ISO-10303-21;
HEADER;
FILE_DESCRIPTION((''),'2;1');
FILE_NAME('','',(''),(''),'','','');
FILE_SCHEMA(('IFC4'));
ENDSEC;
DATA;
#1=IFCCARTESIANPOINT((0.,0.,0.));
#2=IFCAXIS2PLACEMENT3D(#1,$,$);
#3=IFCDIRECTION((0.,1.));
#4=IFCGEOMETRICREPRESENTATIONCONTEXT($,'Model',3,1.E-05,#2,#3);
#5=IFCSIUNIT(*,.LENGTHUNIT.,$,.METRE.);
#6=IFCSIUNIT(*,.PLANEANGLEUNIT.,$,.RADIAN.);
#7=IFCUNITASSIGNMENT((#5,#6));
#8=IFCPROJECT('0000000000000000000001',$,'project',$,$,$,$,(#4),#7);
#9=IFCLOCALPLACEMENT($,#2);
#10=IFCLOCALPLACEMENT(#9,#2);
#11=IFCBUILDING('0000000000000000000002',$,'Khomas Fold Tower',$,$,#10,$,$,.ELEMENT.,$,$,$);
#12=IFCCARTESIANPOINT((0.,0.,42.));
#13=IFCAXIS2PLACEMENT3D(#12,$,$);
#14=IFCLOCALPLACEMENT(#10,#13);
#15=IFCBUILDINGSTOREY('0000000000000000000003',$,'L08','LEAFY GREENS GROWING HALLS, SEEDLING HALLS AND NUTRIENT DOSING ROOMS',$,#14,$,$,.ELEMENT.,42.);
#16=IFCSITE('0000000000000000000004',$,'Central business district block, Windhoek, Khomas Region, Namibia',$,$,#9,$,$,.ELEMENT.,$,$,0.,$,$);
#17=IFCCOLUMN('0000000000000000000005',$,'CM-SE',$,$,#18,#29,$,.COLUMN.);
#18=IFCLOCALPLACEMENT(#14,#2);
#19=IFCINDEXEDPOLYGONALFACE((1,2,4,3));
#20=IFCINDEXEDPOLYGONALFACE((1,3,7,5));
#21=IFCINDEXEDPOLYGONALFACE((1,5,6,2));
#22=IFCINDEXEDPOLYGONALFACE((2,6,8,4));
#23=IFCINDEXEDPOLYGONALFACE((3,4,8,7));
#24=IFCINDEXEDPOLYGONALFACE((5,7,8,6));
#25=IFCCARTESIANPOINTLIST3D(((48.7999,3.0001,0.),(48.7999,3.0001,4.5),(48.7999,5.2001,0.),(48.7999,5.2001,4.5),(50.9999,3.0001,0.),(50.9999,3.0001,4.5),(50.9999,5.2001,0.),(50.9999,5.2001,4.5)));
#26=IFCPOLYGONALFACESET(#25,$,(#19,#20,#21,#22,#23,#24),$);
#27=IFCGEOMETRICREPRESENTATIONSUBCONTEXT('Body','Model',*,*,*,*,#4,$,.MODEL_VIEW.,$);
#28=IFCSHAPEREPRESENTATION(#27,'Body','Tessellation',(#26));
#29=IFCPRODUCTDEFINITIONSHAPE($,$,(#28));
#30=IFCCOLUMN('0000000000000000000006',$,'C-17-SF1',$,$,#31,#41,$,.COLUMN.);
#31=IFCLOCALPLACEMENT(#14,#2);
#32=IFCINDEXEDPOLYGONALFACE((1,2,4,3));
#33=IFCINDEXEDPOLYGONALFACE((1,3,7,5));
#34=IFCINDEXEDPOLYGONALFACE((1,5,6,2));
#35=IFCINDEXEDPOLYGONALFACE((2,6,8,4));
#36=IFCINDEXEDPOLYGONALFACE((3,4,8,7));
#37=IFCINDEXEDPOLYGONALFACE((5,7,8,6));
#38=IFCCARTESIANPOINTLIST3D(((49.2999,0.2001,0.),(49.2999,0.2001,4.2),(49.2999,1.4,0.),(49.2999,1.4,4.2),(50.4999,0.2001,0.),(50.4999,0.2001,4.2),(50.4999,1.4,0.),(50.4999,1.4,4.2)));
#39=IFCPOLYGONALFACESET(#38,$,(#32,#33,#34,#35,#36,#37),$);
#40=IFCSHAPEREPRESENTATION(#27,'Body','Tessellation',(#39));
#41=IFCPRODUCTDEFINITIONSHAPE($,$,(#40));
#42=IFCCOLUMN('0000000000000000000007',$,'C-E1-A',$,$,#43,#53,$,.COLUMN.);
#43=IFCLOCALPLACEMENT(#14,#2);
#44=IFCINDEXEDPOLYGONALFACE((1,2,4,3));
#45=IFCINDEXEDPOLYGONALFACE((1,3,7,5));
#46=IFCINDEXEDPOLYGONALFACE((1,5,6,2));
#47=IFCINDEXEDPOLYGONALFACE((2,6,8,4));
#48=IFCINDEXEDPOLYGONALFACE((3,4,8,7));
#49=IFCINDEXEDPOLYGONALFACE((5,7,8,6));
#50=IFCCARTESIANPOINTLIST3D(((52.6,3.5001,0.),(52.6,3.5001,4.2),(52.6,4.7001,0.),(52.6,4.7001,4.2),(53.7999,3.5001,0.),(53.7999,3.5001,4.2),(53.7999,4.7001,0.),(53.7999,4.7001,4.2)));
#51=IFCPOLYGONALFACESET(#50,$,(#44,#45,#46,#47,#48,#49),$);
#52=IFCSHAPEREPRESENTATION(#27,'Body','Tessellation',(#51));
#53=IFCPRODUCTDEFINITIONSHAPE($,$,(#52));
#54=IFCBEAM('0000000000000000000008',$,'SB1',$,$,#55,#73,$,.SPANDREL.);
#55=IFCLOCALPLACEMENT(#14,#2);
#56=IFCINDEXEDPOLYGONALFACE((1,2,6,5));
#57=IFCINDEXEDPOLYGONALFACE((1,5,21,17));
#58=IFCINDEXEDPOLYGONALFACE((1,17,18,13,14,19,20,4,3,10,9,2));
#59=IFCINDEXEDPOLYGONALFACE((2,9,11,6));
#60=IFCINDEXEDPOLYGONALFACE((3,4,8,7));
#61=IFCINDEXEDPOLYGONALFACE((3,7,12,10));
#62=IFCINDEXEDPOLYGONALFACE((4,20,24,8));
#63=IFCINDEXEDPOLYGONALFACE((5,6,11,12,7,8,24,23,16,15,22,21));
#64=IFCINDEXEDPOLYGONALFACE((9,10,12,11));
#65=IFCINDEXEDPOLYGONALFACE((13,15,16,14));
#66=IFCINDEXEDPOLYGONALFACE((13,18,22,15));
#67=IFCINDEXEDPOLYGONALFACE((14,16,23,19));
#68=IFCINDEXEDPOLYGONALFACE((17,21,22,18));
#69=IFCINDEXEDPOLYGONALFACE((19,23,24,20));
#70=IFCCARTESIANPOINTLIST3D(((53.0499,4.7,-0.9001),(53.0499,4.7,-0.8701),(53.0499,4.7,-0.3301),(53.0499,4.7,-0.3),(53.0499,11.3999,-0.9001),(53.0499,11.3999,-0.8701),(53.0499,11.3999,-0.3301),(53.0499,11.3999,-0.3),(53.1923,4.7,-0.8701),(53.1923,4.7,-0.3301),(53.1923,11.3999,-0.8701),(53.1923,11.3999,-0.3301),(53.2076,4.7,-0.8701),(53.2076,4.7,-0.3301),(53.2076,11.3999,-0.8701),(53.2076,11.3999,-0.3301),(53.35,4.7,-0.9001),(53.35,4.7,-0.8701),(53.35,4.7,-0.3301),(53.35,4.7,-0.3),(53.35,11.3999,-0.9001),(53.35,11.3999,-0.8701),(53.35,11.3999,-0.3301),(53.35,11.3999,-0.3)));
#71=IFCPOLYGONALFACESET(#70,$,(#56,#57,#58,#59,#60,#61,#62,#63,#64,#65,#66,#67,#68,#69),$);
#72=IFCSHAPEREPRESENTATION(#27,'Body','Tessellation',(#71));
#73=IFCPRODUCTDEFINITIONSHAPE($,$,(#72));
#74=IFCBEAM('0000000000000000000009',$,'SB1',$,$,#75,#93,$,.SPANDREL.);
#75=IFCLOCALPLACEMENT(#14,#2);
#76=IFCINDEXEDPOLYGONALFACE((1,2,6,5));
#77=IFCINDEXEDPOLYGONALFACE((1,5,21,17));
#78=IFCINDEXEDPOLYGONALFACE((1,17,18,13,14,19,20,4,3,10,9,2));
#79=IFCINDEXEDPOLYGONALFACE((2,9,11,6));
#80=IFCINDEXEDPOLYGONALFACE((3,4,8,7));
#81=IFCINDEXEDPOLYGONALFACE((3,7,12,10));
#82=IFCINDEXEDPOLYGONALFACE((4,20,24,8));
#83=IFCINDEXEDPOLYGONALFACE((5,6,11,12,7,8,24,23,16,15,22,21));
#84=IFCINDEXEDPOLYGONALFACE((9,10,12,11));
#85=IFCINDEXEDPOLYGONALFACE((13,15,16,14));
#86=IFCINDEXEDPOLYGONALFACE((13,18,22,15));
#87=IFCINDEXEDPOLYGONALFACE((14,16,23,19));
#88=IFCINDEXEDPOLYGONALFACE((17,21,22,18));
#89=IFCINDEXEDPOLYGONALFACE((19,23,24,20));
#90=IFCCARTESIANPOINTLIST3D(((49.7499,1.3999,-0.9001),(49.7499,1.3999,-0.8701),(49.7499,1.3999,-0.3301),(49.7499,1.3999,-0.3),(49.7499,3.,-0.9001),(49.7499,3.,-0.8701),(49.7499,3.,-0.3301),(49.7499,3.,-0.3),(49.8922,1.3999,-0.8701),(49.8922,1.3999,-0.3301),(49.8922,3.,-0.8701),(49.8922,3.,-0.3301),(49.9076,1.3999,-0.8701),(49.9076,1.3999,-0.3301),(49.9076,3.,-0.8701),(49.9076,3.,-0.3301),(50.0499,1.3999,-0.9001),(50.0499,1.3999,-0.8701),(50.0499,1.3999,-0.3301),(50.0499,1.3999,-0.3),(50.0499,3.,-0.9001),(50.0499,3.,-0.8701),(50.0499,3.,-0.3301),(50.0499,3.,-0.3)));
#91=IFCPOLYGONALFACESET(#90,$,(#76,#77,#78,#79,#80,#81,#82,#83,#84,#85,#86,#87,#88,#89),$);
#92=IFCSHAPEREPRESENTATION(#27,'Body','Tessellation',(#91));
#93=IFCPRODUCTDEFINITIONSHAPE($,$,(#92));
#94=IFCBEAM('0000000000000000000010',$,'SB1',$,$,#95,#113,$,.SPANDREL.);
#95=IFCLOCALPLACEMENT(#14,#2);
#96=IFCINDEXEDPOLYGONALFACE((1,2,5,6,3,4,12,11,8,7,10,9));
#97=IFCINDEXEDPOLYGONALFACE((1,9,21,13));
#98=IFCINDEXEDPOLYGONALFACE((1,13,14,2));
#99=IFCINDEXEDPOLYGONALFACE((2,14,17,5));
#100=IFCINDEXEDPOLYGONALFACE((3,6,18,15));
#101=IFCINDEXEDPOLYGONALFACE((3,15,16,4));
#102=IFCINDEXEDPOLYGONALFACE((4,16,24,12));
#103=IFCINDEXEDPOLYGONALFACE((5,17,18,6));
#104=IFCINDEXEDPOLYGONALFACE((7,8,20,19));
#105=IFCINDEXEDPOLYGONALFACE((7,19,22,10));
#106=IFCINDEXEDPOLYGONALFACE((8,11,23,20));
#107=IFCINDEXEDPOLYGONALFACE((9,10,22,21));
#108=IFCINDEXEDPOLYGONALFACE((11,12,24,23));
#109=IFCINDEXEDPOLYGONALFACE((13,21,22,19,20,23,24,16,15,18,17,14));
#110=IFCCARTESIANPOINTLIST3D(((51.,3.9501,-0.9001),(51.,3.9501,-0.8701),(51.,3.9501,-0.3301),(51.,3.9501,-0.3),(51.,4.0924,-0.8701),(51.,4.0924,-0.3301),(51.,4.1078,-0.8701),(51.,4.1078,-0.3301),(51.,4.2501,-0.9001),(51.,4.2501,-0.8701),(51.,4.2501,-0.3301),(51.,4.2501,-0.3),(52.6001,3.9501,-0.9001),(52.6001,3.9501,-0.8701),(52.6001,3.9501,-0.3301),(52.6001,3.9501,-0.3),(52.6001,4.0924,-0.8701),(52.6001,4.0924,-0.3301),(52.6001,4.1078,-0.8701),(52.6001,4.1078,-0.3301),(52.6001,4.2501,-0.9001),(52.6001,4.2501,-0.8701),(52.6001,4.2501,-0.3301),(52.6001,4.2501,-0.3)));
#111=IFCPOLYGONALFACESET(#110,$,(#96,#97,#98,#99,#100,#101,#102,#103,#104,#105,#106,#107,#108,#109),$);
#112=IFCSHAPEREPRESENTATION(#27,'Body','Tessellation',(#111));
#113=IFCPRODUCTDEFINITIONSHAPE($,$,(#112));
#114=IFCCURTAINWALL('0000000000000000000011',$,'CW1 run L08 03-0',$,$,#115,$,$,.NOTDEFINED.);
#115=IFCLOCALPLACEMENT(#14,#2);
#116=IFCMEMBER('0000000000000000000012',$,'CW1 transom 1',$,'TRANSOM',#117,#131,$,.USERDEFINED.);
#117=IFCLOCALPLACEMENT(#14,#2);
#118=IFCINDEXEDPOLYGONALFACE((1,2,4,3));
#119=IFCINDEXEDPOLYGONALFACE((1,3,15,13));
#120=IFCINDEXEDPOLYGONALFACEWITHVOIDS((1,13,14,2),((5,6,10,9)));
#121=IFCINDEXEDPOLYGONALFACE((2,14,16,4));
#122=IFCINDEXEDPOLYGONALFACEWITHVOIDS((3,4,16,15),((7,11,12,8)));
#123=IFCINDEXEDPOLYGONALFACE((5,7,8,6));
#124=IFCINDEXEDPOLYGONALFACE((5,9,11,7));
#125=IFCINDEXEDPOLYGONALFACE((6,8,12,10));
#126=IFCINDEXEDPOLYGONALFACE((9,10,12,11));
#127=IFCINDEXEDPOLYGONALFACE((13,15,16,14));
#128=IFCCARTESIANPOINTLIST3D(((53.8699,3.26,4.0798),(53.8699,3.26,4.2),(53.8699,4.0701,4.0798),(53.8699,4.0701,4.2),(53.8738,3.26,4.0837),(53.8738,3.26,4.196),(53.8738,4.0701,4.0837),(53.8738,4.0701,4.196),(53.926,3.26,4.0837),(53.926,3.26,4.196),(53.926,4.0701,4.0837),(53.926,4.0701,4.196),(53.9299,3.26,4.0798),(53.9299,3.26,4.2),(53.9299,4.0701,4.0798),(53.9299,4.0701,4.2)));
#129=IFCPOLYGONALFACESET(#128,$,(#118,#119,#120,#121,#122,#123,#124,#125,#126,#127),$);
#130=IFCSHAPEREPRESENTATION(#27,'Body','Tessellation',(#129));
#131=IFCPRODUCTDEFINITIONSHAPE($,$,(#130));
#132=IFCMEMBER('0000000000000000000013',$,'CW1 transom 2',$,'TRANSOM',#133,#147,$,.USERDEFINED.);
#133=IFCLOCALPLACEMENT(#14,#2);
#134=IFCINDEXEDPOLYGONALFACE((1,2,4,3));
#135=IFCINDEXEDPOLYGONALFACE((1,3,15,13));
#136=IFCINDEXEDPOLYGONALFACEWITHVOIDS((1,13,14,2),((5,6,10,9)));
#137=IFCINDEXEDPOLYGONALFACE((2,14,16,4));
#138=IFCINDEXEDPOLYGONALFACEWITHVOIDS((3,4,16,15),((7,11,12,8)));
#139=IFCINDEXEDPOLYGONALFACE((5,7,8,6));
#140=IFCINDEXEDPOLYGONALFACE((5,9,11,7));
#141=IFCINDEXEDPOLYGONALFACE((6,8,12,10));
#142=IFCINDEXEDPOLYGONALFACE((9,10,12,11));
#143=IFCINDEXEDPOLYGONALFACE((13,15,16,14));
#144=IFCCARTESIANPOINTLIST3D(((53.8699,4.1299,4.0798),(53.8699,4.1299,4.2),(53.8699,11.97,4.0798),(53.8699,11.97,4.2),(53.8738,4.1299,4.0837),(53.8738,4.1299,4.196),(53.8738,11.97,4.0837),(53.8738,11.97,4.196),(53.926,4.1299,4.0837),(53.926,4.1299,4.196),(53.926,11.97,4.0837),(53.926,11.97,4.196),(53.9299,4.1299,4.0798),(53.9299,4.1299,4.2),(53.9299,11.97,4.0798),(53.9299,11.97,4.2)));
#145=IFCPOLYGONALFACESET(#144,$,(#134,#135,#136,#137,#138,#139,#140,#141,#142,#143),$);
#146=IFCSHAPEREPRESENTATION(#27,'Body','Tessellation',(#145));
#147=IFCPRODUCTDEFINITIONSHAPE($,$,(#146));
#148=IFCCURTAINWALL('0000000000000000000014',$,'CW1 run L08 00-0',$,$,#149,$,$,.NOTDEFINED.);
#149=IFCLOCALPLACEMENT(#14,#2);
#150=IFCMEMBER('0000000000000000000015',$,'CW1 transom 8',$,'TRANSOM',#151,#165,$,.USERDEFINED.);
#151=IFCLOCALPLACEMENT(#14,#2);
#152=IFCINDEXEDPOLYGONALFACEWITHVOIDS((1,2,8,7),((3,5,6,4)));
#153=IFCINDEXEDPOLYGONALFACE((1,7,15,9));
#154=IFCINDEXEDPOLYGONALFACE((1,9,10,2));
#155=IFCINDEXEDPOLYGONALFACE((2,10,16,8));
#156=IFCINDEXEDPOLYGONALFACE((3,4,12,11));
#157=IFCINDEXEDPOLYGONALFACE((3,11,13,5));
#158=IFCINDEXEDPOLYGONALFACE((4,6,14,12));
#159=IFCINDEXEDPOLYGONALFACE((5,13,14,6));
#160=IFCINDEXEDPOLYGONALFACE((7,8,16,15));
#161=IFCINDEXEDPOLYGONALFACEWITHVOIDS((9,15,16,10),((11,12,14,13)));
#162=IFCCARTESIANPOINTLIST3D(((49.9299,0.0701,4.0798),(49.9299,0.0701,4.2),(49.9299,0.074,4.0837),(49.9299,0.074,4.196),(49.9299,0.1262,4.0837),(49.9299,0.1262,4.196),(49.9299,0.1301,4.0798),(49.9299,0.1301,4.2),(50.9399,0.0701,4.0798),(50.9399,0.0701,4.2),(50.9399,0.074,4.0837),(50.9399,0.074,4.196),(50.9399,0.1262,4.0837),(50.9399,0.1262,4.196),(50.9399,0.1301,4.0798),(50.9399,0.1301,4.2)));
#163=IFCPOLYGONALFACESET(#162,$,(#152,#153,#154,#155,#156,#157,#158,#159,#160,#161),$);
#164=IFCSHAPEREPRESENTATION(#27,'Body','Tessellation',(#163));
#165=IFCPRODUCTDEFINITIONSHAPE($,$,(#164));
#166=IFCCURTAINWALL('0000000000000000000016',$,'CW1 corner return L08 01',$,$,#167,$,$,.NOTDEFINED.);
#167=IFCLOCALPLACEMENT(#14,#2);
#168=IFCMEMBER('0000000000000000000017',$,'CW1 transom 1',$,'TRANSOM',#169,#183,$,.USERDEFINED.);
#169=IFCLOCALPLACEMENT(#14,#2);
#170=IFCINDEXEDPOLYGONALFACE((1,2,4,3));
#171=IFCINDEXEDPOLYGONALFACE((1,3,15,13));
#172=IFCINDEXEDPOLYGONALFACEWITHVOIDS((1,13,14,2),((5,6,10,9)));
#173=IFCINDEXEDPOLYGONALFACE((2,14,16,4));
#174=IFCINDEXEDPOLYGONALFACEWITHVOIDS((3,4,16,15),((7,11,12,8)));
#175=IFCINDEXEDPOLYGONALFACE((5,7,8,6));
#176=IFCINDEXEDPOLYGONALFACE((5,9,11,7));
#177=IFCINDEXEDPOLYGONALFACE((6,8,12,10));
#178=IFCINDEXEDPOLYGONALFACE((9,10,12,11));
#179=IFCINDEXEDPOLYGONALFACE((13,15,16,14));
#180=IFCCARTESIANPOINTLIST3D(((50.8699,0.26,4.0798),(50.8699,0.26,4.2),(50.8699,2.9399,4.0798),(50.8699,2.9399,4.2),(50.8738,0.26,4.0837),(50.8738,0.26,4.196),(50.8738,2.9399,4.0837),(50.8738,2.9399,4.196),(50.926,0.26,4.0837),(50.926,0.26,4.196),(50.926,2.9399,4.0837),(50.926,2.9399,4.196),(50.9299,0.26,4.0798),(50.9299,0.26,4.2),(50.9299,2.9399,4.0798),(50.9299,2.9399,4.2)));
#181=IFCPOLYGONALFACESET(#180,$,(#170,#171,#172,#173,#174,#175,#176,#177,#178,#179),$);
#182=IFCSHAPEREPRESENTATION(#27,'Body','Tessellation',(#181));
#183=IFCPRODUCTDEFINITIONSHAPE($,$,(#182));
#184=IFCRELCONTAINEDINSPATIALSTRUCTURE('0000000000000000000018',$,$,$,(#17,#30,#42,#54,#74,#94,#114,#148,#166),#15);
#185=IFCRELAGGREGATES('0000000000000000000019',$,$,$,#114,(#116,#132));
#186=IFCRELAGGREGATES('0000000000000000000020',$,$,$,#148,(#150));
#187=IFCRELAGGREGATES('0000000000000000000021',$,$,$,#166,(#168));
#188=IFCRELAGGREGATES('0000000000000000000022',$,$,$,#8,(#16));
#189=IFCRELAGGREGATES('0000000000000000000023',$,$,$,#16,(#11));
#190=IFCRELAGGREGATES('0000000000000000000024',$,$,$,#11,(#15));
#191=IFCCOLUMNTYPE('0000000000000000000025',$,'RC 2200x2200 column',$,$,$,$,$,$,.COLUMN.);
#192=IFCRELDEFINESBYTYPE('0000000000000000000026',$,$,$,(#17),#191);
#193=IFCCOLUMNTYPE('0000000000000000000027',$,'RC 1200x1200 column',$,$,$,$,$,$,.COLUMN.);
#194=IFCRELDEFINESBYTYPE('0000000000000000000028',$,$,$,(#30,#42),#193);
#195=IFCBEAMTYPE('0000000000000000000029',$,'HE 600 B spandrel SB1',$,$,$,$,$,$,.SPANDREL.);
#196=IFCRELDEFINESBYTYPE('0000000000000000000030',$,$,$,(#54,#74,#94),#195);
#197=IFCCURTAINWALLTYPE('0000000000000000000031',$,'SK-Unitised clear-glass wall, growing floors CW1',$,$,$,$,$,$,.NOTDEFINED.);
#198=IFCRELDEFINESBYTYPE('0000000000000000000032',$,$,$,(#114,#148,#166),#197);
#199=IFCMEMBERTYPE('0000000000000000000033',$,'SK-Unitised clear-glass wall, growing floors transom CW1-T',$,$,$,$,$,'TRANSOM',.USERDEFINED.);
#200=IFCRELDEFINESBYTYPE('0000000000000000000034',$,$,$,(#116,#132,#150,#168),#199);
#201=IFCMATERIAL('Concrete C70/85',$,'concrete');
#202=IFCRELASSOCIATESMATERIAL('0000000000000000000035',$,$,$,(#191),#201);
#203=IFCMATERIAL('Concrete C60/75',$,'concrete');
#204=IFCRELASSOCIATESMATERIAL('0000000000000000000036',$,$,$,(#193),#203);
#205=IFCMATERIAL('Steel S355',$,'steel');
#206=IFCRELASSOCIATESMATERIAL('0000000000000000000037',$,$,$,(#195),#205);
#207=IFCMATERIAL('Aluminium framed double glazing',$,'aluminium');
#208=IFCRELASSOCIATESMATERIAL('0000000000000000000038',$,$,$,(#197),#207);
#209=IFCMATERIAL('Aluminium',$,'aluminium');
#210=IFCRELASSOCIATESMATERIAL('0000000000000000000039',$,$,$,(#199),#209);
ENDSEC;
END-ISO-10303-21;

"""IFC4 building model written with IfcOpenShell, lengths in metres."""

from ifc_helpers import new_model, si_unit, direction, frame, origin, origin_2d, place, context, subcontext, project, spatial, rectangle, hollow_rectangle, i_section, extrude, source, transform, mapped, material, material_profile, profile_set, type_object, element, aggregate, save


model = new_model("IFC4")

# Units and contexts
model_context = context("Model", 3, precision=1e-05, world=origin(), true_north=direction((0.0, 1.0)))
body_context = subcontext(model_context, "Body", "Model", "MODEL_VIEW")
ifc_project = project(units=[si_unit("LENGTHUNIT", "METRE"), si_unit("PLANEANGLEUNIT", "RADIAN")], contexts=[model_context])

# Site, building, storey
site_placement = place(None, origin())
site = spatial("IfcSite", under=ifc_project, at=site_placement, Name="Central business district block, Windhoek, Khomas Region, Namibia", CompositionType="ELEMENT", RefElevation=0.0)
building_placement = place(site_placement, origin())
building = spatial("IfcBuilding", under=site, at=building_placement, Name="Khomas Fold Tower", CompositionType="ELEMENT")
storey_placement = place(building_placement, frame((0.0, 0.0, 42.0)))
storey = spatial("IfcBuildingStorey", under=building, at=storey_placement, Name="L08", Description="LEAFY GREENS GROWING HALLS, SEEDLING HALLS AND NUTRIENT DOSING ROOMS", CompositionType="ELEMENT", Elevation=42.0)

# Columns
ifc_material_1 = material(Name="Concrete C70/85", Category="concrete")
ifc_material_profile_1 = material_profile(ifc_material_1, rectangle(XDim=2.2, YDim=2.2, at=origin_2d()), Name="RC 2200x2200")
ifc_profile_set_1 = profile_set([ifc_material_profile_1], Name="Concrete C70/85")
column_type_1 = type_object("IfcColumnType", Name="RC 2200x2200 column", PredefinedType="COLUMN", material=ifc_profile_set_1)
shared_shape_1 = source(origin(), body_context, "Body", "SweptSolid", [
    extrude(rectangle(XDim=2.2, YDim=2.2, at=origin_2d()), origin(), (0.0, 0.0, 1.0), 4.5),
])
column_placement = place(storey_placement, frame((49.8999, 4.1001, 0.0), z_axis=(0.0, 0.0, 1.0), x_axis=(1.0, 0.0, 0.0)))
element("IfcColumn", 1, at=column_placement, inside=storey, type_object=column_type_1, Name="CM-SE", PredefinedType="COLUMN", context=body_context, shape_type="MappedRepresentation", body=[
    mapped(shared_shape_1, transform((0.0, 0.0, 0.0))),
])
ifc_material_2 = material(Name="Concrete C60/75", Category="concrete")
ifc_material_profile_2 = material_profile(ifc_material_2, rectangle(XDim=1.2, YDim=1.2, at=origin_2d()), Name="RC 1200x1200")
ifc_profile_set_2 = profile_set([ifc_material_profile_2], Name="Concrete C60/75")
column_type_2 = type_object("IfcColumnType", Name="RC 1200x1200 column", PredefinedType="COLUMN", material=ifc_profile_set_2)
shared_shape_2 = source(origin(), body_context, "Body", "SweptSolid", [
    extrude(rectangle(XDim=1.2, YDim=1.2, at=origin_2d()), origin(), (0.0, 0.0, 1.0), 4.2),
])
for number, where, z_axis, x_axis, name in (
    (2, (49.8999, 0.8, 0.0), (0.0, 0.0, 1.0), (1.0, 0.0, 0.0), "C-17-SF1"),
    (3, (53.2, 4.1001, 0.0), (0.0, 0.0, 1.0), (1.0, 0.0, 0.0), "C-E1-A"),
):
    element("IfcColumn", number, at=place(storey_placement, frame(where, z_axis=z_axis, x_axis=x_axis)), inside=storey, type_object=column_type_2, Name=name, PredefinedType="COLUMN", context=body_context, shape_type="MappedRepresentation", body=[
        mapped(shared_shape_2, transform((0.0, 0.0, 0.0))),
    ])

# Beams
ifc_material_3 = material(Name="Steel S355", Category="steel")
ifc_material_profile_3 = material_profile(ifc_material_3, i_section(OverallWidth=0.3, OverallDepth=0.6001, WebThickness=0.0154, FlangeThickness=0.03, at=origin_2d()), Name="HE 600 B")
ifc_profile_set_3 = profile_set([ifc_material_profile_3], Name="Steel S355")
beam_type = type_object("IfcBeamType", Name="HE 600 B spandrel SB1", PredefinedType="SPANDREL", material=ifc_profile_set_3)
shared_shape_3 = source(origin(), body_context, "Body", "SweptSolid", [
    extrude(i_section(OverallWidth=0.3, OverallDepth=0.6001, WebThickness=0.0154, FlangeThickness=0.03, at=origin_2d()), origin(), (0.0, 0.0, 1.0), 6.7),
])
beam_placement = place(storey_placement, frame((53.2, 4.7, -0.6001), z_axis=(0.0, 1.0, 0.0), x_axis=(-1.0, 0.0, 0.0)))
element("IfcBeam", 4, at=beam_placement, inside=storey, type_object=beam_type, Name="SB1", PredefinedType="SPANDREL", context=body_context, shape_type="MappedRepresentation", body=[
    mapped(shared_shape_3, transform((0.0, 0.0, 0.0))),
])
shared_shape_4 = source(origin(), body_context, "Body", "SweptSolid", [
    extrude(i_section(OverallWidth=0.3, OverallDepth=0.6001, WebThickness=0.0154, FlangeThickness=0.03, at=origin_2d()), origin(), (0.0, 0.0, 1.0), 1.6001),
])
for number, where, z_axis, x_axis, name in (
    (5, (49.8999, 1.3999, -0.6001), (0.0, 1.0, 0.0), (-1.0, 0.0, 0.0), "SB1"),
    (6, (51.0, 4.1001, -0.6001), (1.0, 0.0, 0.0), (0.0, 1.0, 0.0), "SB1"),
):
    element("IfcBeam", number, at=place(storey_placement, frame(where, z_axis=z_axis, x_axis=x_axis)), inside=storey, type_object=beam_type, Name=name, PredefinedType="SPANDREL", context=body_context, shape_type="MappedRepresentation", body=[
        mapped(shared_shape_4, transform((0.0, 0.0, 0.0))),
    ])

# Curtain wall, members
ifc_material_4 = material(Name="Aluminium framed double glazing", Category="aluminium")
curtain_wall_type = type_object("IfcCurtainWallType", Name="SK-Unitised clear-glass wall, growing floors CW1", PredefinedType="NOTDEFINED", material=ifc_material_4)
curtain_wall_1_placement = place(storey_placement, origin())
curtain_wall_1 = element("IfcCurtainWall", 7, at=curtain_wall_1_placement, inside=storey, type_object=curtain_wall_type, Name="CW1 run L08 03-0", PredefinedType="NOTDEFINED")
ifc_material_5 = material(Name="Aluminium", Category="aluminium")
ifc_material_profile_4 = material_profile(ifc_material_5, hollow_rectangle(XDim=0.0601, YDim=0.1201, WallThickness=0.0039, at=origin_2d()), Name="SK-Unitised clear-glass wall, growing floors transom CW1-T")
ifc_profile_set_4 = profile_set([ifc_material_profile_4], Name="Aluminium")
member_type_1 = type_object("IfcMemberType", Name="SK-Unitised clear-glass wall, growing floors transom CW1-T", ElementType="TRANSOM", PredefinedType="USERDEFINED", material=ifc_profile_set_4)
shared_shape_5 = source(origin(), body_context, "Body", "SweptSolid", [
    extrude(hollow_rectangle(XDim=0.0601, YDim=0.1201, WallThickness=0.0039, at=origin_2d()), origin(), (0.0, 0.0, 1.0), 0.8101),
])
member_1_placement = place(storey_placement, frame((53.8999, 3.26, 4.1399), z_axis=(0.0, 1.0, 0.0), x_axis=(-1.0, 0.0, 0.0)))
member_1 = element("IfcMember", 8, at=member_1_placement, type_object=member_type_1, Name="CW1 transom 1", ObjectType="TRANSOM", PredefinedType="USERDEFINED", context=body_context, shape_type="MappedRepresentation", body=[
    mapped(shared_shape_5, transform((0.0, 0.0, 0.0))),
])
shared_shape_6 = source(origin(), body_context, "Body", "SweptSolid", [
    extrude(hollow_rectangle(XDim=0.0601, YDim=0.1201, WallThickness=0.0039, at=origin_2d()), origin(), (0.0, 0.0, 1.0), 7.8401),
])
member_2_placement = place(storey_placement, frame((53.8999, 4.1299, 4.1399), z_axis=(0.0, 1.0, 0.0), x_axis=(-1.0, 0.0, 0.0)))
member_2 = element("IfcMember", 9, at=member_2_placement, type_object=member_type_1, Name="CW1 transom 2", ObjectType="TRANSOM", PredefinedType="USERDEFINED", context=body_context, shape_type="MappedRepresentation", body=[
    mapped(shared_shape_6, transform((0.0, 0.0, 0.0))),
])

# Curtain walls, members
curtain_wall_2_placement = place(storey_placement, origin())
curtain_wall_2 = element("IfcCurtainWall", 10, at=curtain_wall_2_placement, inside=storey, type_object=curtain_wall_type, Name="CW1 run L08 00-0", PredefinedType="NOTDEFINED")
shared_shape_7 = source(origin(), body_context, "Body", "SweptSolid", [
    extrude(hollow_rectangle(XDim=0.0601, YDim=0.1201, WallThickness=0.0039, at=origin_2d()), origin(), (0.0, 0.0, 1.0), 1.01),
])
member_3_placement = place(storey_placement, frame((49.9299, 0.1001, 4.1399), z_axis=(1.0, 0.0, 0.0), x_axis=(0.0, 1.0, 0.0)))
member_3 = element("IfcMember", 11, at=member_3_placement, type_object=member_type_1, Name="CW1 transom 8", ObjectType="TRANSOM", PredefinedType="USERDEFINED", context=body_context, shape_type="MappedRepresentation", body=[
    mapped(shared_shape_7, transform((0.0, 0.0, 0.0))),
])
curtain_wall_3_placement = place(storey_placement, origin())
curtain_wall_3 = element("IfcCurtainWall", 12, at=curtain_wall_3_placement, inside=storey, type_object=curtain_wall_type, Name="CW1 corner return L08 01", PredefinedType="NOTDEFINED")
shared_shape_8 = source(origin(), body_context, "Body", "SweptSolid", [
    extrude(hollow_rectangle(XDim=0.0601, YDim=0.1201, WallThickness=0.0039, at=origin_2d()), origin(), (0.0, 0.0, 1.0), 2.6799),
])
member_4_placement = place(storey_placement, frame((50.8999, 0.26, 4.1399), z_axis=(0.0, 1.0, 0.0), x_axis=(-1.0, 0.0, 0.0)))
member_4 = element("IfcMember", 13, at=member_4_placement, type_object=member_type_1, Name="CW1 transom 1", ObjectType="TRANSOM", PredefinedType="USERDEFINED", context=body_context, shape_type="MappedRepresentation", body=[
    mapped(shared_shape_8, transform((0.0, 0.0, 0.0))),
])

aggregate(curtain_wall_1, [member_1, member_2])
aggregate(curtain_wall_2, [member_3])
aggregate(curtain_wall_3, [member_4])

save(model, "model.ifc")
